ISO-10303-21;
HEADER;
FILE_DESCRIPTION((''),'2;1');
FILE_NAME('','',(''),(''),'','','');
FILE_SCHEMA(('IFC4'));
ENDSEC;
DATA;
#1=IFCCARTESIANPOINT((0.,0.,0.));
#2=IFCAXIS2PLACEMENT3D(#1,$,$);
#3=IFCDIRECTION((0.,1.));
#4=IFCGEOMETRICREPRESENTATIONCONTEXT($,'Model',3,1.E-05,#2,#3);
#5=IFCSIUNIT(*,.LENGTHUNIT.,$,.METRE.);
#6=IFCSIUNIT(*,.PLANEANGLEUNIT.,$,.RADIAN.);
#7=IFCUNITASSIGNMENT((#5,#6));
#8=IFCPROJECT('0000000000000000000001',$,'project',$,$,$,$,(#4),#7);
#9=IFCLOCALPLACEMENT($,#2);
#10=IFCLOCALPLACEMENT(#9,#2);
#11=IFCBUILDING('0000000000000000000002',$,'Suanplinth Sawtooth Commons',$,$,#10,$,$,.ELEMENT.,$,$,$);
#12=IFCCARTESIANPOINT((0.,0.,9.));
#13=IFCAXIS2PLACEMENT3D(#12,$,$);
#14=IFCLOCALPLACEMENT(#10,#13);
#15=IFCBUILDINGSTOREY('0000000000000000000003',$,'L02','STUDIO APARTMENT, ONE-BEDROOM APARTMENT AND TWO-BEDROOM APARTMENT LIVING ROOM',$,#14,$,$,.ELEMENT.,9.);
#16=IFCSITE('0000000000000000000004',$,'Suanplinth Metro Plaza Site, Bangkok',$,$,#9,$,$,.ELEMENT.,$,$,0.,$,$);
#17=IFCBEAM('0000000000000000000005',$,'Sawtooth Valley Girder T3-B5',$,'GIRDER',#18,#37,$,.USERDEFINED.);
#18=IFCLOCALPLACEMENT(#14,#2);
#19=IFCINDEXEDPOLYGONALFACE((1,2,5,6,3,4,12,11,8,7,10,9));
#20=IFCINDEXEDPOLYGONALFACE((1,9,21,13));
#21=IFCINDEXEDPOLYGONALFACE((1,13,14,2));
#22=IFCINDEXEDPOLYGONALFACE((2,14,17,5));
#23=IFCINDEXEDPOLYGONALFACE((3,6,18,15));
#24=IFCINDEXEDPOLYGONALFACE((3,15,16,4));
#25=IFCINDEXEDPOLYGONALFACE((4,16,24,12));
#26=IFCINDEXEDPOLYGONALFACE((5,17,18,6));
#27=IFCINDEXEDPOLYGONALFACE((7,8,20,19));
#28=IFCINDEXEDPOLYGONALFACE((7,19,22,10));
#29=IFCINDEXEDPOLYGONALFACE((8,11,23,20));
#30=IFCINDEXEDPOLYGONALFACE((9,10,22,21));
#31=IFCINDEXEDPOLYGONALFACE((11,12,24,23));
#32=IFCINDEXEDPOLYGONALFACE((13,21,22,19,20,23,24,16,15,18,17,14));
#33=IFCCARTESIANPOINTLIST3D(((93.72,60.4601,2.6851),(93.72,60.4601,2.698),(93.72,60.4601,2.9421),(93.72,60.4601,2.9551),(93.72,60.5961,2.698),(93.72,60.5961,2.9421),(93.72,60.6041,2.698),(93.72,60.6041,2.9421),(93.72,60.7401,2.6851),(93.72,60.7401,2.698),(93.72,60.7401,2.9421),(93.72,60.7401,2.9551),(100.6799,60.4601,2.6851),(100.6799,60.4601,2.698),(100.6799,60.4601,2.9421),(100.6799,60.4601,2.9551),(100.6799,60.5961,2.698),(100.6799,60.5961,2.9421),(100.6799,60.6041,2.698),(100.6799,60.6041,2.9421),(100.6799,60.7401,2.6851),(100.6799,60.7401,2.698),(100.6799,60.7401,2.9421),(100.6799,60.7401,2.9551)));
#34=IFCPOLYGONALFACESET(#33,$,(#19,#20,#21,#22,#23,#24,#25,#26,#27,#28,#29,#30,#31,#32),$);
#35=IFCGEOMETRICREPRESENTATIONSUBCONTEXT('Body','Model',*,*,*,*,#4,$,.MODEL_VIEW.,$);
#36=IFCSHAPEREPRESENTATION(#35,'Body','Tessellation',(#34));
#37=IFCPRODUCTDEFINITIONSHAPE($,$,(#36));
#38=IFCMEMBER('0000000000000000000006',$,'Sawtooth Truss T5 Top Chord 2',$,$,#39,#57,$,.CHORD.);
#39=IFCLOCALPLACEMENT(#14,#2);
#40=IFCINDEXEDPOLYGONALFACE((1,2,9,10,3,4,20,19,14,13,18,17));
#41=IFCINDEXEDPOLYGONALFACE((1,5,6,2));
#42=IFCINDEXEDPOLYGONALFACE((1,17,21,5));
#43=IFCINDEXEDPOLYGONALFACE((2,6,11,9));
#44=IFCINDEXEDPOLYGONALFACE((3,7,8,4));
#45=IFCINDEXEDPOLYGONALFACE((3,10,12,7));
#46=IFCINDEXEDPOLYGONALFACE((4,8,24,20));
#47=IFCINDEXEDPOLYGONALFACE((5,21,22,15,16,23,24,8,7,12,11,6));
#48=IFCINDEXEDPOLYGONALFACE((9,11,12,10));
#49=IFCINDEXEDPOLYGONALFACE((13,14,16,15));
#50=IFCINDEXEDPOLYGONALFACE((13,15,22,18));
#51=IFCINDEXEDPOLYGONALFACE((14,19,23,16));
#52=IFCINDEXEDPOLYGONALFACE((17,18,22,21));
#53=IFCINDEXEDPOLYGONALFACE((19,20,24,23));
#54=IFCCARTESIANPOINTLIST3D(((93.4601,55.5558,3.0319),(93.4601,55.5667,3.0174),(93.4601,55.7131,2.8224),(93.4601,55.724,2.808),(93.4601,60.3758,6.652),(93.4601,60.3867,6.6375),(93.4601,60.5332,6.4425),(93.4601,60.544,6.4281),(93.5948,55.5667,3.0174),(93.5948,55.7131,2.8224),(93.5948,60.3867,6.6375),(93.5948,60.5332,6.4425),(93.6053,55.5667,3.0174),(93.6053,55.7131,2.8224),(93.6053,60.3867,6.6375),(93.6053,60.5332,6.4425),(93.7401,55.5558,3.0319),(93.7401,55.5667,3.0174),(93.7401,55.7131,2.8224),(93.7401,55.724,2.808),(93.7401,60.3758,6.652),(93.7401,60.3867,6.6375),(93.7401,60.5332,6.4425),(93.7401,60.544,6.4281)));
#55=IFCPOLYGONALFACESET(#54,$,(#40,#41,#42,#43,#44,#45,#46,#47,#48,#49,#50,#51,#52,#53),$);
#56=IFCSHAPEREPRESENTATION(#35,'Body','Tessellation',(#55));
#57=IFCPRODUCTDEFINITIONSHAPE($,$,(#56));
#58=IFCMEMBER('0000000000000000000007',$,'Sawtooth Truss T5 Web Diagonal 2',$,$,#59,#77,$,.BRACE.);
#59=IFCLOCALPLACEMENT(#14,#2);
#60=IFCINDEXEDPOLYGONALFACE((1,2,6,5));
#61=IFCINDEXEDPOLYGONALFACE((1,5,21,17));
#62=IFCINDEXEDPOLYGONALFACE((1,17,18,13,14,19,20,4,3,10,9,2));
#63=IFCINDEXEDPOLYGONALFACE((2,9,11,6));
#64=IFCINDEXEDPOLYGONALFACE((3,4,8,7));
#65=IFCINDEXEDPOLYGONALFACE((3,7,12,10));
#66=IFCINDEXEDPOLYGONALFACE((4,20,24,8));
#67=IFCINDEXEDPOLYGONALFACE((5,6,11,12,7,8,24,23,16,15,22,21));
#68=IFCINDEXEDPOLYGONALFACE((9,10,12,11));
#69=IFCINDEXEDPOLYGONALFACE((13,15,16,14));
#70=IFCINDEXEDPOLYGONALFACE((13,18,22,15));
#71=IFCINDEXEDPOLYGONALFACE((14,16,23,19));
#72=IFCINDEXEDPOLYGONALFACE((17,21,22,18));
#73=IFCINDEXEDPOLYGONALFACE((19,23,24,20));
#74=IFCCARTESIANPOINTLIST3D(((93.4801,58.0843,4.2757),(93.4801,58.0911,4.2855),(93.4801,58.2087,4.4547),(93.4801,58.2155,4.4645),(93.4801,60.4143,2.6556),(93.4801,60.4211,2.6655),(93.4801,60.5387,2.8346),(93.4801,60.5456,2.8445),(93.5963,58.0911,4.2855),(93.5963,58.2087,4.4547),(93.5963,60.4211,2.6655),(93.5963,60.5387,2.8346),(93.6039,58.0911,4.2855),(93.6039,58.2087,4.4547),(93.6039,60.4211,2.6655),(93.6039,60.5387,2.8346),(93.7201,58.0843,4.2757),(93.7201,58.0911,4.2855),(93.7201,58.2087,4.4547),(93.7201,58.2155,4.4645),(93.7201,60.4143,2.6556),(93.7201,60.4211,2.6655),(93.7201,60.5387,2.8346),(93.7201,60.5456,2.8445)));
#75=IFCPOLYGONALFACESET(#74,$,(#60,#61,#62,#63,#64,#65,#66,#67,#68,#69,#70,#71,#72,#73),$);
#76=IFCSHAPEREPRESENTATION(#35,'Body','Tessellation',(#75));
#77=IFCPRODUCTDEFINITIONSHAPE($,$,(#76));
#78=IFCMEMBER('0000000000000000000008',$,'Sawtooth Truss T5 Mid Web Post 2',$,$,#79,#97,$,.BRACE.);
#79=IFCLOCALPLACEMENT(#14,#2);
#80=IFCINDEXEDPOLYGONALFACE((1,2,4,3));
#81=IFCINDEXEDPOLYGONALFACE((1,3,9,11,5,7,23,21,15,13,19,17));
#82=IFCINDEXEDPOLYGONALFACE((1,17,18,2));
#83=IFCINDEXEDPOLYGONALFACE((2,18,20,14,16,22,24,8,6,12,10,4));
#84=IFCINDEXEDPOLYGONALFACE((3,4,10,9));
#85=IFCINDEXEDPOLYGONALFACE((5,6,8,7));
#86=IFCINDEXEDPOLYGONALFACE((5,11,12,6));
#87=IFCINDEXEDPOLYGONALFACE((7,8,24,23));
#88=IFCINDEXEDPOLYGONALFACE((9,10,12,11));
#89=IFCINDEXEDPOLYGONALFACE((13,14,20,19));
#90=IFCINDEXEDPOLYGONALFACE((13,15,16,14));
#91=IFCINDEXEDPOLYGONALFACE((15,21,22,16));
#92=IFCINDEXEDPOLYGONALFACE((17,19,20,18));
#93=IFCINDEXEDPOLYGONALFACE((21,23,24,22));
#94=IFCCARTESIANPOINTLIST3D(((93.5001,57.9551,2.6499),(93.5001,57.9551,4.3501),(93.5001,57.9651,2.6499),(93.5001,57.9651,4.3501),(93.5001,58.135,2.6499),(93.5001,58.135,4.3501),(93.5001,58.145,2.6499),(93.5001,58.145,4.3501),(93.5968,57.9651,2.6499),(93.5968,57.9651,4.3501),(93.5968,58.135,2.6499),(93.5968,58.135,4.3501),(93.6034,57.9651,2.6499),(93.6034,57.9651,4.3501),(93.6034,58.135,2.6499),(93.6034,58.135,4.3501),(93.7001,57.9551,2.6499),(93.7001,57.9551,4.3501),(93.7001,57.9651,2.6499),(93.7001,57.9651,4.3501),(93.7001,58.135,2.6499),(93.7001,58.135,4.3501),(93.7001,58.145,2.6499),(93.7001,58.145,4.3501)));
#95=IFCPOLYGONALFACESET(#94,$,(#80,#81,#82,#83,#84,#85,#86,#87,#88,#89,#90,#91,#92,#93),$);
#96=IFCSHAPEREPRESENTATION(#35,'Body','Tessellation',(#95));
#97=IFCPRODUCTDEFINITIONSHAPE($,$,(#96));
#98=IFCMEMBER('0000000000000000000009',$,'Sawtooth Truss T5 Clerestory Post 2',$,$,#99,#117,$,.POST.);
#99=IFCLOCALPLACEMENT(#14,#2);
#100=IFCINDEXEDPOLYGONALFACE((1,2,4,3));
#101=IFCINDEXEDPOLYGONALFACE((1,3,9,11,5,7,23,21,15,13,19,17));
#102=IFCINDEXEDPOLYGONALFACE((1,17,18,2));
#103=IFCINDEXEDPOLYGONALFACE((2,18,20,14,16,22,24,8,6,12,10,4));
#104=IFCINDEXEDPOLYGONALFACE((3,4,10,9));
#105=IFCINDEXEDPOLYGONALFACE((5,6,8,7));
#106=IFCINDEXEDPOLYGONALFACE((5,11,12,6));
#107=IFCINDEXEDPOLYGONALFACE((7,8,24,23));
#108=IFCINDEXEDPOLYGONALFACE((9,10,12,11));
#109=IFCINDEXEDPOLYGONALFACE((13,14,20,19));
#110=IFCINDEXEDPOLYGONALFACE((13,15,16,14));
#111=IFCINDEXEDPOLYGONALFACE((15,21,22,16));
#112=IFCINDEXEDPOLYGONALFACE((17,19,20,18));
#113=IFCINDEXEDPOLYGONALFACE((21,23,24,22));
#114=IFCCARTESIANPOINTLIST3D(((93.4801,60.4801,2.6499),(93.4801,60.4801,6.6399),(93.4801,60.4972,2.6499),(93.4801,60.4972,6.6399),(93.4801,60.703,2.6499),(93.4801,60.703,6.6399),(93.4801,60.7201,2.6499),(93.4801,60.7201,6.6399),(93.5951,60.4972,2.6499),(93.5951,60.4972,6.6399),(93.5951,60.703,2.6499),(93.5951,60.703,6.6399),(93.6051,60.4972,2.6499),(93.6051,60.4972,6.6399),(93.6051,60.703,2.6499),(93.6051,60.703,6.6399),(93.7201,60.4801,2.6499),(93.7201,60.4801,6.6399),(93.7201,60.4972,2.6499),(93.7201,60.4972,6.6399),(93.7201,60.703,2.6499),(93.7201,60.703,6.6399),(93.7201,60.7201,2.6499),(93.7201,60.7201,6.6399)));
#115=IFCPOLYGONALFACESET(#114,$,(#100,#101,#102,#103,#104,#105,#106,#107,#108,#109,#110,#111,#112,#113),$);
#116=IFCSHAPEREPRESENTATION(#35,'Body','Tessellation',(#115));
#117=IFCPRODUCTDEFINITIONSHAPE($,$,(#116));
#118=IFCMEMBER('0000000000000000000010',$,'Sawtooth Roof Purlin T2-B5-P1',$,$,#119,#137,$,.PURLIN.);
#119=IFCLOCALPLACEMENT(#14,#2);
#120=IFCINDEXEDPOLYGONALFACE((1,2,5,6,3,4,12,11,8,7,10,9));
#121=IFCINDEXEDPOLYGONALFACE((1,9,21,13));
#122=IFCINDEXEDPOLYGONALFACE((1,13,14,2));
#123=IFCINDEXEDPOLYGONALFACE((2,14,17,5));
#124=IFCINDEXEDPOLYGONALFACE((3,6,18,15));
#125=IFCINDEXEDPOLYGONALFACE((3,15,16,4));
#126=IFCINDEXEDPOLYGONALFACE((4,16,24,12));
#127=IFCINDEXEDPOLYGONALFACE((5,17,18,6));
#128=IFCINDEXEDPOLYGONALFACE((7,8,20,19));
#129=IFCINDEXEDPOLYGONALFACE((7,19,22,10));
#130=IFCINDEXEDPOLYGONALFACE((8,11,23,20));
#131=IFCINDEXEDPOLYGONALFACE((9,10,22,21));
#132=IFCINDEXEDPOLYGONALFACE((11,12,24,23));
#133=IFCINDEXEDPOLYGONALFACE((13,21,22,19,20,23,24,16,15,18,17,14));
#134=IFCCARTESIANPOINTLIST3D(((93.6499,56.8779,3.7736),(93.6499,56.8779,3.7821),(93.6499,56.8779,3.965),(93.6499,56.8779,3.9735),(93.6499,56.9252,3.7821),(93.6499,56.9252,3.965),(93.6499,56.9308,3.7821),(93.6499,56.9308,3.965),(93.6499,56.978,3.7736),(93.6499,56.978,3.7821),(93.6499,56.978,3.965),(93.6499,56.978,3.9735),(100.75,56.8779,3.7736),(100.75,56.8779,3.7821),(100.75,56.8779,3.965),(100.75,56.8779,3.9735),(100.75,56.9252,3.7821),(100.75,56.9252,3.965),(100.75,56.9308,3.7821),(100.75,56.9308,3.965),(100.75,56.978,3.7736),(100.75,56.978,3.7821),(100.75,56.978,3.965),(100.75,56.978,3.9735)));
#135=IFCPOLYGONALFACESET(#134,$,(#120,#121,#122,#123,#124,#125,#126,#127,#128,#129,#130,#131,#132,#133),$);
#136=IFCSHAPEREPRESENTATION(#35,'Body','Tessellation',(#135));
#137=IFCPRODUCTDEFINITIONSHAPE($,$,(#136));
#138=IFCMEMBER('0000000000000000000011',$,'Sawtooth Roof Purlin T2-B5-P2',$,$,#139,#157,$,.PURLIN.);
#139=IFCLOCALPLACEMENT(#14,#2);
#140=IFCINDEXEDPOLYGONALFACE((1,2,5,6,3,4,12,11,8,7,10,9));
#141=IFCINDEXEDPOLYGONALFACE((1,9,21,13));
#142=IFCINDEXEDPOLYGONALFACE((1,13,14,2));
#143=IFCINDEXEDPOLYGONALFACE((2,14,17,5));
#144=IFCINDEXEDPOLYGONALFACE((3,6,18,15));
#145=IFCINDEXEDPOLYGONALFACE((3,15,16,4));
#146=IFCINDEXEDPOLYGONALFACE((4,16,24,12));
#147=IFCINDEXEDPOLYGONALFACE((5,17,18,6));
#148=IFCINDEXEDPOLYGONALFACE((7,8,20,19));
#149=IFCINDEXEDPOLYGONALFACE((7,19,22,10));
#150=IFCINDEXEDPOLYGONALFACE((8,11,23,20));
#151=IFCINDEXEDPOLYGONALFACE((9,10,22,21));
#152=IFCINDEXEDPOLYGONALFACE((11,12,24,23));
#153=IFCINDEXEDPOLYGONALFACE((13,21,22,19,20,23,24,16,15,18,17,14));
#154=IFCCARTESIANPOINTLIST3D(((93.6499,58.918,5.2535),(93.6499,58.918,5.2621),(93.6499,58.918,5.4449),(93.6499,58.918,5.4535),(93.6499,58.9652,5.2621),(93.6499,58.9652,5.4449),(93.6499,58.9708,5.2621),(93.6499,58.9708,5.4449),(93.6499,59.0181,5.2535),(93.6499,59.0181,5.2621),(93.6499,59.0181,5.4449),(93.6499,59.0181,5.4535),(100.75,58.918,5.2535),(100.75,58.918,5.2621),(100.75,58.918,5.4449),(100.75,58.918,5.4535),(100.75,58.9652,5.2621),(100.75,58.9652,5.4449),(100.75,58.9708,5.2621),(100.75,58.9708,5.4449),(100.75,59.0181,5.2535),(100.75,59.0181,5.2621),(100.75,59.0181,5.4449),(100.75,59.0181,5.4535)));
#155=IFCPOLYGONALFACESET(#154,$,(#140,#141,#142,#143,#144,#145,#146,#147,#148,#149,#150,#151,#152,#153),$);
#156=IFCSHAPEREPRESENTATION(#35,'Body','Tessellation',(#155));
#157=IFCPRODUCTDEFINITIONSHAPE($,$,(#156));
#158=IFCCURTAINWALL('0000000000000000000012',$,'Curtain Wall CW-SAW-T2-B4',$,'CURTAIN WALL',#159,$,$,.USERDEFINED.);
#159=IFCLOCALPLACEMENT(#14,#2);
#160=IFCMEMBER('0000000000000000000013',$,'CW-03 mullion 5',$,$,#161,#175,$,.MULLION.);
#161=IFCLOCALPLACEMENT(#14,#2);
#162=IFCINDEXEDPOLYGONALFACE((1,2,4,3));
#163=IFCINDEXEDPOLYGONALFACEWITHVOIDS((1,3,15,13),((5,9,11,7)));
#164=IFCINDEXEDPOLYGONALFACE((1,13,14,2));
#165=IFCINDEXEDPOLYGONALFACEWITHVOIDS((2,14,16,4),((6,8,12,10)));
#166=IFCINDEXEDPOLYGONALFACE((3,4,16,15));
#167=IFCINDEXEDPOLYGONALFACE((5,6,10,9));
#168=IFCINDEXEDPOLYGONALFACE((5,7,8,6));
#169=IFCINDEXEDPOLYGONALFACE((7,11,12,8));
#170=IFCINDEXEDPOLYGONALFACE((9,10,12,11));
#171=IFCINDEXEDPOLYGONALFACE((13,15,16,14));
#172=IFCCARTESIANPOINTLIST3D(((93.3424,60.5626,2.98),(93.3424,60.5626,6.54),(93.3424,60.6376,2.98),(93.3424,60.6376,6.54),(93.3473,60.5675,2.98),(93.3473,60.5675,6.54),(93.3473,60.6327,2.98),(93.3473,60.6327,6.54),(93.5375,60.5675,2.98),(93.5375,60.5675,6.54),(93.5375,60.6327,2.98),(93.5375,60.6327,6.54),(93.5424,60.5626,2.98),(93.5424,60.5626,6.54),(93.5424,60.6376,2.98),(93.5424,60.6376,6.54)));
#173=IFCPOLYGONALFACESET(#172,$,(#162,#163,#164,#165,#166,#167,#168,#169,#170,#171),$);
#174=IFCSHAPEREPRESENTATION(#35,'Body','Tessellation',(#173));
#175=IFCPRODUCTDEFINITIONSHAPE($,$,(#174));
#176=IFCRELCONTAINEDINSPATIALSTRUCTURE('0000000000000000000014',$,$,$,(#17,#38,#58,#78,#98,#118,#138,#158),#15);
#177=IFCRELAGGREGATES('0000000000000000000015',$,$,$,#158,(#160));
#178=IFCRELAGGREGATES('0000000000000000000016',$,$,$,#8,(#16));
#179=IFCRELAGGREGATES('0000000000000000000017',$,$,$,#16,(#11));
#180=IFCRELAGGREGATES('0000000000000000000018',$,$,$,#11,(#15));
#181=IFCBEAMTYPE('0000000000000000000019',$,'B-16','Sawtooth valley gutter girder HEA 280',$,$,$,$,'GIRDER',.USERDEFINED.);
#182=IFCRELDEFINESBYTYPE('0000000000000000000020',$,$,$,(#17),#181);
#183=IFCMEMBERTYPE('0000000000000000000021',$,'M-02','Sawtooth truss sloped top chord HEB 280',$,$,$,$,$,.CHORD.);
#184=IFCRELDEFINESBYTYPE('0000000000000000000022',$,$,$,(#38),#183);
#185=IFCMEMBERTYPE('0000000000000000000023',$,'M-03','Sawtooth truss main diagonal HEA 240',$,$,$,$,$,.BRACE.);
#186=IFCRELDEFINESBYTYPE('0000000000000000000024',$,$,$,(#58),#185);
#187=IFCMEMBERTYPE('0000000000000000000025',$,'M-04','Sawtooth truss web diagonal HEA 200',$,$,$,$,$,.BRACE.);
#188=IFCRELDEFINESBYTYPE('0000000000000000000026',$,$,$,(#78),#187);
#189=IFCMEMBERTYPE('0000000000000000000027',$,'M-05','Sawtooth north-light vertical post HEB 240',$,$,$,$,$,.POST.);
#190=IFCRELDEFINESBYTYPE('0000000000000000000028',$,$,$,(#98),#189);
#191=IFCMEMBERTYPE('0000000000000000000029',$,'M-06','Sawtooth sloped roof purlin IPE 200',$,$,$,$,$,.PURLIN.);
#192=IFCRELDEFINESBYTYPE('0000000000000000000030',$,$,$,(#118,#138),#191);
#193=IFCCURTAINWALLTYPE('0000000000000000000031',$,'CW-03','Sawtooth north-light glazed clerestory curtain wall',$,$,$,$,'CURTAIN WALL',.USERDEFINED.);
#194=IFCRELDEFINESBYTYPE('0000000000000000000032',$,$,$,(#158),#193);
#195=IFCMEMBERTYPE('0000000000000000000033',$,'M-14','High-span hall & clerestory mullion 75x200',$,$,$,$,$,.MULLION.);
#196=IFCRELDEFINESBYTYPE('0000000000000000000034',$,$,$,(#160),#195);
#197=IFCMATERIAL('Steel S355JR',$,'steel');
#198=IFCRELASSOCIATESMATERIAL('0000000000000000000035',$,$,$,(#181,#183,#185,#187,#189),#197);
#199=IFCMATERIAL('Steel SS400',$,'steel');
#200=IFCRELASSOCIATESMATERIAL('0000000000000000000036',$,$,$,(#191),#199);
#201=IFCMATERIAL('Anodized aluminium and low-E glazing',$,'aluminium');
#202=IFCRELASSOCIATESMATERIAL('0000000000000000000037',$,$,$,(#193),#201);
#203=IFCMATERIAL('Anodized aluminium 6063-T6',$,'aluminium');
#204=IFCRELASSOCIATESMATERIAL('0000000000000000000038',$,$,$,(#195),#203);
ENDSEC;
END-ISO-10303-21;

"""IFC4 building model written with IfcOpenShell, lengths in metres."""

from ifc_helpers import new_model, si_unit, direction, frame, origin, origin_2d, place, context, subcontext, project, spatial, hollow_rectangle, i_section, extrude, material, material_profile, profile_set, type_object, element, aggregate, save


model = new_model("IFC4")

# Units and contexts
model_context = context("Model", 3, precision=1e-05, world=origin(), true_north=direction((0.0, 1.0)))
body_context = subcontext(model_context, "Body", "Model", "MODEL_VIEW")
ifc_project = project(units=[si_unit("LENGTHUNIT", "METRE"), si_unit("PLANEANGLEUNIT", "RADIAN")], contexts=[model_context])

# Site, building, storey
site_placement = place(None, origin())
site = spatial("IfcSite", under=ifc_project, at=site_placement, Name="Suanplinth Metro Plaza Site, Bangkok", CompositionType="ELEMENT", RefElevation=0.0)
building_placement = place(site_placement, origin())
building = spatial("IfcBuilding", under=site, at=building_placement, Name="Suanplinth Sawtooth Commons", CompositionType="ELEMENT")
storey_placement = place(building_placement, frame((0.0, 0.0, 9.0)))
storey = spatial("IfcBuildingStorey", under=building, at=storey_placement, Name="L02", Description="STUDIO APARTMENT, ONE-BEDROOM APARTMENT AND TWO-BEDROOM APARTMENT LIVING ROOM", CompositionType="ELEMENT", Elevation=9.0)

# Beam
ifc_material_1 = material(Name="Steel S355JR", Category="steel")
ifc_material_profile_1 = material_profile(ifc_material_1, i_section(OverallWidth=0.28, OverallDepth=0.27, WebThickness=0.0081, FlangeThickness=0.0129, at=origin_2d()), Name="HEA 280")
ifc_profile_set_1 = profile_set([ifc_material_profile_1], Name="Steel S355JR")
beam_type = type_object("IfcBeamType", Name="B-16", Description="Sawtooth valley gutter girder HEA 280", ElementType="GIRDER", PredefinedType="USERDEFINED", material=ifc_profile_set_1)
beam_placement = place(storey_placement, frame((93.72, 60.6001, 2.8201), z_axis=(1.0, 0.0, 0.0), x_axis=(0.0, 1.0, 0.0)))
element("IfcBeam", 1, at=beam_placement, inside=storey, type_object=beam_type, Name="Sawtooth Valley Girder T3-B5", ObjectType="GIRDER", PredefinedType="USERDEFINED", context=body_context, shape_type="SweptSolid", body=[
    extrude(i_section(OverallWidth=0.28, OverallDepth=0.27, WebThickness=0.0081, FlangeThickness=0.0129, at=origin_2d()), origin(), (0.0, 0.0, 1.0), 6.96),
])

# Members
ifc_material_profile_2 = material_profile(ifc_material_1, i_section(OverallWidth=0.28, OverallDepth=0.28, WebThickness=0.0105, FlangeThickness=0.0181, at=origin_2d()), Name="HEB 280")
ifc_profile_set_2 = profile_set([ifc_material_profile_2], Name="Steel S355JR")
member_type_1 = type_object("IfcMemberType", Name="M-02", Description="Sawtooth truss sloped top chord HEB 280", PredefinedType="CHORD", material=ifc_profile_set_2)
member_1_placement = place(storey_placement, frame((93.6001, 55.6399, 2.9199), z_axis=(0.0, 0.799596, 0.600538), x_axis=(-1.0, 0.0, 0.0)))
element("IfcMember", 2, at=member_1_placement, inside=storey, type_object=member_type_1, Name="Sawtooth Truss T5 Top Chord 2", PredefinedType="CHORD", context=body_context, shape_type="SweptSolid", body=[
    extrude(i_section(OverallWidth=0.28, OverallDepth=0.28, WebThickness=0.0105, FlangeThickness=0.0181, at=origin_2d()), origin(), (0.0, 0.0, 1.0), 6.0281),
])
ifc_material_profile_3 = material_profile(ifc_material_1, i_section(OverallWidth=0.24, OverallDepth=0.23, WebThickness=0.0076, FlangeThickness=0.012, at=origin_2d()), Name="HEA 240")
ifc_profile_set_3 = profile_set([ifc_material_profile_3], Name="Steel S355JR")
member_type_2 = type_object("IfcMemberType", Name="M-03", Description="Sawtooth truss main diagonal HEA 240", PredefinedType="BRACE", material=ifc_profile_set_3)
member_2_placement = place(storey_placement, frame((93.6001, 58.1499, 4.3701), z_axis=(0.0, 0.821038, -0.570873), x_axis=(-1.0, 0.0, 0.0)))
element("IfcMember", 3, at=member_2_placement, inside=storey, type_object=member_type_2, Name="Sawtooth Truss T5 Web Diagonal 2", PredefinedType="BRACE", context=body_context, shape_type="SweptSolid", body=[
    extrude(i_section(OverallWidth=0.24, OverallDepth=0.23, WebThickness=0.0076, FlangeThickness=0.012, at=origin_2d()), origin(), (0.0, 0.0, 1.0), 2.8379),
])
ifc_material_profile_4 = material_profile(ifc_material_1, i_section(OverallWidth=0.2, OverallDepth=0.1899, WebThickness=0.0066, FlangeThickness=0.01, at=origin_2d()), Name="HEA 200")
ifc_profile_set_4 = profile_set([ifc_material_profile_4], Name="Steel S355JR")
member_type_3 = type_object("IfcMemberType", Name="M-04", Description="Sawtooth truss web diagonal HEA 200", PredefinedType="BRACE", material=ifc_profile_set_4)
member_3_placement = place(storey_placement, frame((93.6001, 58.05, 2.6499), z_axis=(0.0, 0.0, 1.0), x_axis=(1.0, 0.0, 0.0)))
element("IfcMember", 4, at=member_3_placement, inside=storey, type_object=member_type_3, Name="Sawtooth Truss T5 Mid Web Post 2", PredefinedType="BRACE", context=body_context, shape_type="SweptSolid", body=[
    extrude(i_section(OverallWidth=0.2, OverallDepth=0.1899, WebThickness=0.0066, FlangeThickness=0.01, at=origin_2d()), origin(), (0.0, 0.0, 1.0), 1.7002),
])
ifc_material_profile_5 = material_profile(ifc_material_1, i_section(OverallWidth=0.24, OverallDepth=0.24, WebThickness=0.01, FlangeThickness=0.0171, at=origin_2d()), Name="HEB 240")
ifc_profile_set_5 = profile_set([ifc_material_profile_5], Name="Steel S355JR")
member_type_4 = type_object("IfcMemberType", Name="M-05", Description="Sawtooth north-light vertical post HEB 240", PredefinedType="POST", material=ifc_profile_set_5)
member_4_placement = place(storey_placement, frame((93.6001, 60.6001, 2.6499), z_axis=(0.0, 0.0, 1.0), x_axis=(1.0, 0.0, 0.0)))
element("IfcMember", 5, at=member_4_placement, inside=storey, type_object=member_type_4, Name="Sawtooth Truss T5 Clerestory Post 2", PredefinedType="POST", context=body_context, shape_type="SweptSolid", body=[
    extrude(i_section(OverallWidth=0.24, OverallDepth=0.24, WebThickness=0.01, FlangeThickness=0.0171, at=origin_2d()), origin(), (0.0, 0.0, 1.0), 3.99),
])
ifc_material_2 = material(Name="Steel SS400", Category="steel")
ifc_material_profile_6 = material_profile(ifc_material_2, i_section(OverallWidth=0.1001, OverallDepth=0.2, WebThickness=0.0056, FlangeThickness=0.0085, at=origin_2d()), Name="IPE 200")
ifc_profile_set_6 = profile_set([ifc_material_profile_6], Name="Steel SS400")
member_type_5 = type_object("IfcMemberType", Name="M-06", Description="Sawtooth sloped roof purlin IPE 200", PredefinedType="PURLIN", material=ifc_profile_set_6)
for number, where, z_axis, x_axis, name in (
    (6, (93.6499, 56.928, 3.8735), (1.0, 0.0, 0.0), (0.0, 1.0, 0.0), "Sawtooth Roof Purlin T2-B5-P1"),
    (7, (93.6499, 58.968, 5.3535), (1.0, 0.0, 0.0), (0.0, 1.0, 0.0), "Sawtooth Roof Purlin T2-B5-P2"),
):
    element("IfcMember", number, at=place(storey_placement, frame(where, z_axis=z_axis, x_axis=x_axis)), inside=storey, type_object=member_type_5, Name=name, PredefinedType="PURLIN", context=body_context, shape_type="SweptSolid", body=[
        extrude(i_section(OverallWidth=0.1001, OverallDepth=0.2, WebThickness=0.0056, FlangeThickness=0.0085, at=origin_2d()), origin(), (0.0, 0.0, 1.0), 7.1001),
    ])

# Curtain wall, member
ifc_material_3 = material(Name="Anodized aluminium and low-E glazing", Category="aluminium")
curtain_wall_type = type_object("IfcCurtainWallType", Name="CW-03", Description="Sawtooth north-light glazed clerestory curtain wall", ElementType="CURTAIN WALL", PredefinedType="USERDEFINED", material=ifc_material_3)
curtain_wall_1_placement = place(storey_placement, origin())
curtain_wall_1 = element("IfcCurtainWall", 8, at=curtain_wall_1_placement, inside=storey, type_object=curtain_wall_type, Name="Curtain Wall CW-SAW-T2-B4", ObjectType="CURTAIN WALL", PredefinedType="USERDEFINED")
ifc_material_4 = material(Name="Anodized aluminium 6063-T6", Category="aluminium")
ifc_material_profile_7 = material_profile(ifc_material_4, hollow_rectangle(XDim=0.075, YDim=0.2, WallThickness=0.0049, at=origin_2d()), Name="ALU-MUL 75x200")
ifc_profile_set_7 = profile_set([ifc_material_profile_7], Name="Anodized aluminium 6063-T6")
member_type_6 = type_object("IfcMemberType", Name="M-14", Description="High-span hall & clerestory mullion 75x200", PredefinedType="MULLION", material=ifc_profile_set_7)
member_5_placement = place(storey_placement, frame((93.4424, 60.6001, 2.98), z_axis=(0.0, 0.0, 1.0), x_axis=(0.0, 1.0, 0.0)))
member_5 = element("IfcMember", 9, at=member_5_placement, type_object=member_type_6, Name="CW-03 mullion 5", PredefinedType="MULLION", context=body_context, shape_type="SweptSolid", body=[
    extrude(hollow_rectangle(XDim=0.075, YDim=0.2, WallThickness=0.0049, at=origin_2d()), origin(), (0.0, 0.0, 1.0), 3.5601),
])
aggregate(curtain_wall_1, [member_5])

save(model, "model.ifc")
